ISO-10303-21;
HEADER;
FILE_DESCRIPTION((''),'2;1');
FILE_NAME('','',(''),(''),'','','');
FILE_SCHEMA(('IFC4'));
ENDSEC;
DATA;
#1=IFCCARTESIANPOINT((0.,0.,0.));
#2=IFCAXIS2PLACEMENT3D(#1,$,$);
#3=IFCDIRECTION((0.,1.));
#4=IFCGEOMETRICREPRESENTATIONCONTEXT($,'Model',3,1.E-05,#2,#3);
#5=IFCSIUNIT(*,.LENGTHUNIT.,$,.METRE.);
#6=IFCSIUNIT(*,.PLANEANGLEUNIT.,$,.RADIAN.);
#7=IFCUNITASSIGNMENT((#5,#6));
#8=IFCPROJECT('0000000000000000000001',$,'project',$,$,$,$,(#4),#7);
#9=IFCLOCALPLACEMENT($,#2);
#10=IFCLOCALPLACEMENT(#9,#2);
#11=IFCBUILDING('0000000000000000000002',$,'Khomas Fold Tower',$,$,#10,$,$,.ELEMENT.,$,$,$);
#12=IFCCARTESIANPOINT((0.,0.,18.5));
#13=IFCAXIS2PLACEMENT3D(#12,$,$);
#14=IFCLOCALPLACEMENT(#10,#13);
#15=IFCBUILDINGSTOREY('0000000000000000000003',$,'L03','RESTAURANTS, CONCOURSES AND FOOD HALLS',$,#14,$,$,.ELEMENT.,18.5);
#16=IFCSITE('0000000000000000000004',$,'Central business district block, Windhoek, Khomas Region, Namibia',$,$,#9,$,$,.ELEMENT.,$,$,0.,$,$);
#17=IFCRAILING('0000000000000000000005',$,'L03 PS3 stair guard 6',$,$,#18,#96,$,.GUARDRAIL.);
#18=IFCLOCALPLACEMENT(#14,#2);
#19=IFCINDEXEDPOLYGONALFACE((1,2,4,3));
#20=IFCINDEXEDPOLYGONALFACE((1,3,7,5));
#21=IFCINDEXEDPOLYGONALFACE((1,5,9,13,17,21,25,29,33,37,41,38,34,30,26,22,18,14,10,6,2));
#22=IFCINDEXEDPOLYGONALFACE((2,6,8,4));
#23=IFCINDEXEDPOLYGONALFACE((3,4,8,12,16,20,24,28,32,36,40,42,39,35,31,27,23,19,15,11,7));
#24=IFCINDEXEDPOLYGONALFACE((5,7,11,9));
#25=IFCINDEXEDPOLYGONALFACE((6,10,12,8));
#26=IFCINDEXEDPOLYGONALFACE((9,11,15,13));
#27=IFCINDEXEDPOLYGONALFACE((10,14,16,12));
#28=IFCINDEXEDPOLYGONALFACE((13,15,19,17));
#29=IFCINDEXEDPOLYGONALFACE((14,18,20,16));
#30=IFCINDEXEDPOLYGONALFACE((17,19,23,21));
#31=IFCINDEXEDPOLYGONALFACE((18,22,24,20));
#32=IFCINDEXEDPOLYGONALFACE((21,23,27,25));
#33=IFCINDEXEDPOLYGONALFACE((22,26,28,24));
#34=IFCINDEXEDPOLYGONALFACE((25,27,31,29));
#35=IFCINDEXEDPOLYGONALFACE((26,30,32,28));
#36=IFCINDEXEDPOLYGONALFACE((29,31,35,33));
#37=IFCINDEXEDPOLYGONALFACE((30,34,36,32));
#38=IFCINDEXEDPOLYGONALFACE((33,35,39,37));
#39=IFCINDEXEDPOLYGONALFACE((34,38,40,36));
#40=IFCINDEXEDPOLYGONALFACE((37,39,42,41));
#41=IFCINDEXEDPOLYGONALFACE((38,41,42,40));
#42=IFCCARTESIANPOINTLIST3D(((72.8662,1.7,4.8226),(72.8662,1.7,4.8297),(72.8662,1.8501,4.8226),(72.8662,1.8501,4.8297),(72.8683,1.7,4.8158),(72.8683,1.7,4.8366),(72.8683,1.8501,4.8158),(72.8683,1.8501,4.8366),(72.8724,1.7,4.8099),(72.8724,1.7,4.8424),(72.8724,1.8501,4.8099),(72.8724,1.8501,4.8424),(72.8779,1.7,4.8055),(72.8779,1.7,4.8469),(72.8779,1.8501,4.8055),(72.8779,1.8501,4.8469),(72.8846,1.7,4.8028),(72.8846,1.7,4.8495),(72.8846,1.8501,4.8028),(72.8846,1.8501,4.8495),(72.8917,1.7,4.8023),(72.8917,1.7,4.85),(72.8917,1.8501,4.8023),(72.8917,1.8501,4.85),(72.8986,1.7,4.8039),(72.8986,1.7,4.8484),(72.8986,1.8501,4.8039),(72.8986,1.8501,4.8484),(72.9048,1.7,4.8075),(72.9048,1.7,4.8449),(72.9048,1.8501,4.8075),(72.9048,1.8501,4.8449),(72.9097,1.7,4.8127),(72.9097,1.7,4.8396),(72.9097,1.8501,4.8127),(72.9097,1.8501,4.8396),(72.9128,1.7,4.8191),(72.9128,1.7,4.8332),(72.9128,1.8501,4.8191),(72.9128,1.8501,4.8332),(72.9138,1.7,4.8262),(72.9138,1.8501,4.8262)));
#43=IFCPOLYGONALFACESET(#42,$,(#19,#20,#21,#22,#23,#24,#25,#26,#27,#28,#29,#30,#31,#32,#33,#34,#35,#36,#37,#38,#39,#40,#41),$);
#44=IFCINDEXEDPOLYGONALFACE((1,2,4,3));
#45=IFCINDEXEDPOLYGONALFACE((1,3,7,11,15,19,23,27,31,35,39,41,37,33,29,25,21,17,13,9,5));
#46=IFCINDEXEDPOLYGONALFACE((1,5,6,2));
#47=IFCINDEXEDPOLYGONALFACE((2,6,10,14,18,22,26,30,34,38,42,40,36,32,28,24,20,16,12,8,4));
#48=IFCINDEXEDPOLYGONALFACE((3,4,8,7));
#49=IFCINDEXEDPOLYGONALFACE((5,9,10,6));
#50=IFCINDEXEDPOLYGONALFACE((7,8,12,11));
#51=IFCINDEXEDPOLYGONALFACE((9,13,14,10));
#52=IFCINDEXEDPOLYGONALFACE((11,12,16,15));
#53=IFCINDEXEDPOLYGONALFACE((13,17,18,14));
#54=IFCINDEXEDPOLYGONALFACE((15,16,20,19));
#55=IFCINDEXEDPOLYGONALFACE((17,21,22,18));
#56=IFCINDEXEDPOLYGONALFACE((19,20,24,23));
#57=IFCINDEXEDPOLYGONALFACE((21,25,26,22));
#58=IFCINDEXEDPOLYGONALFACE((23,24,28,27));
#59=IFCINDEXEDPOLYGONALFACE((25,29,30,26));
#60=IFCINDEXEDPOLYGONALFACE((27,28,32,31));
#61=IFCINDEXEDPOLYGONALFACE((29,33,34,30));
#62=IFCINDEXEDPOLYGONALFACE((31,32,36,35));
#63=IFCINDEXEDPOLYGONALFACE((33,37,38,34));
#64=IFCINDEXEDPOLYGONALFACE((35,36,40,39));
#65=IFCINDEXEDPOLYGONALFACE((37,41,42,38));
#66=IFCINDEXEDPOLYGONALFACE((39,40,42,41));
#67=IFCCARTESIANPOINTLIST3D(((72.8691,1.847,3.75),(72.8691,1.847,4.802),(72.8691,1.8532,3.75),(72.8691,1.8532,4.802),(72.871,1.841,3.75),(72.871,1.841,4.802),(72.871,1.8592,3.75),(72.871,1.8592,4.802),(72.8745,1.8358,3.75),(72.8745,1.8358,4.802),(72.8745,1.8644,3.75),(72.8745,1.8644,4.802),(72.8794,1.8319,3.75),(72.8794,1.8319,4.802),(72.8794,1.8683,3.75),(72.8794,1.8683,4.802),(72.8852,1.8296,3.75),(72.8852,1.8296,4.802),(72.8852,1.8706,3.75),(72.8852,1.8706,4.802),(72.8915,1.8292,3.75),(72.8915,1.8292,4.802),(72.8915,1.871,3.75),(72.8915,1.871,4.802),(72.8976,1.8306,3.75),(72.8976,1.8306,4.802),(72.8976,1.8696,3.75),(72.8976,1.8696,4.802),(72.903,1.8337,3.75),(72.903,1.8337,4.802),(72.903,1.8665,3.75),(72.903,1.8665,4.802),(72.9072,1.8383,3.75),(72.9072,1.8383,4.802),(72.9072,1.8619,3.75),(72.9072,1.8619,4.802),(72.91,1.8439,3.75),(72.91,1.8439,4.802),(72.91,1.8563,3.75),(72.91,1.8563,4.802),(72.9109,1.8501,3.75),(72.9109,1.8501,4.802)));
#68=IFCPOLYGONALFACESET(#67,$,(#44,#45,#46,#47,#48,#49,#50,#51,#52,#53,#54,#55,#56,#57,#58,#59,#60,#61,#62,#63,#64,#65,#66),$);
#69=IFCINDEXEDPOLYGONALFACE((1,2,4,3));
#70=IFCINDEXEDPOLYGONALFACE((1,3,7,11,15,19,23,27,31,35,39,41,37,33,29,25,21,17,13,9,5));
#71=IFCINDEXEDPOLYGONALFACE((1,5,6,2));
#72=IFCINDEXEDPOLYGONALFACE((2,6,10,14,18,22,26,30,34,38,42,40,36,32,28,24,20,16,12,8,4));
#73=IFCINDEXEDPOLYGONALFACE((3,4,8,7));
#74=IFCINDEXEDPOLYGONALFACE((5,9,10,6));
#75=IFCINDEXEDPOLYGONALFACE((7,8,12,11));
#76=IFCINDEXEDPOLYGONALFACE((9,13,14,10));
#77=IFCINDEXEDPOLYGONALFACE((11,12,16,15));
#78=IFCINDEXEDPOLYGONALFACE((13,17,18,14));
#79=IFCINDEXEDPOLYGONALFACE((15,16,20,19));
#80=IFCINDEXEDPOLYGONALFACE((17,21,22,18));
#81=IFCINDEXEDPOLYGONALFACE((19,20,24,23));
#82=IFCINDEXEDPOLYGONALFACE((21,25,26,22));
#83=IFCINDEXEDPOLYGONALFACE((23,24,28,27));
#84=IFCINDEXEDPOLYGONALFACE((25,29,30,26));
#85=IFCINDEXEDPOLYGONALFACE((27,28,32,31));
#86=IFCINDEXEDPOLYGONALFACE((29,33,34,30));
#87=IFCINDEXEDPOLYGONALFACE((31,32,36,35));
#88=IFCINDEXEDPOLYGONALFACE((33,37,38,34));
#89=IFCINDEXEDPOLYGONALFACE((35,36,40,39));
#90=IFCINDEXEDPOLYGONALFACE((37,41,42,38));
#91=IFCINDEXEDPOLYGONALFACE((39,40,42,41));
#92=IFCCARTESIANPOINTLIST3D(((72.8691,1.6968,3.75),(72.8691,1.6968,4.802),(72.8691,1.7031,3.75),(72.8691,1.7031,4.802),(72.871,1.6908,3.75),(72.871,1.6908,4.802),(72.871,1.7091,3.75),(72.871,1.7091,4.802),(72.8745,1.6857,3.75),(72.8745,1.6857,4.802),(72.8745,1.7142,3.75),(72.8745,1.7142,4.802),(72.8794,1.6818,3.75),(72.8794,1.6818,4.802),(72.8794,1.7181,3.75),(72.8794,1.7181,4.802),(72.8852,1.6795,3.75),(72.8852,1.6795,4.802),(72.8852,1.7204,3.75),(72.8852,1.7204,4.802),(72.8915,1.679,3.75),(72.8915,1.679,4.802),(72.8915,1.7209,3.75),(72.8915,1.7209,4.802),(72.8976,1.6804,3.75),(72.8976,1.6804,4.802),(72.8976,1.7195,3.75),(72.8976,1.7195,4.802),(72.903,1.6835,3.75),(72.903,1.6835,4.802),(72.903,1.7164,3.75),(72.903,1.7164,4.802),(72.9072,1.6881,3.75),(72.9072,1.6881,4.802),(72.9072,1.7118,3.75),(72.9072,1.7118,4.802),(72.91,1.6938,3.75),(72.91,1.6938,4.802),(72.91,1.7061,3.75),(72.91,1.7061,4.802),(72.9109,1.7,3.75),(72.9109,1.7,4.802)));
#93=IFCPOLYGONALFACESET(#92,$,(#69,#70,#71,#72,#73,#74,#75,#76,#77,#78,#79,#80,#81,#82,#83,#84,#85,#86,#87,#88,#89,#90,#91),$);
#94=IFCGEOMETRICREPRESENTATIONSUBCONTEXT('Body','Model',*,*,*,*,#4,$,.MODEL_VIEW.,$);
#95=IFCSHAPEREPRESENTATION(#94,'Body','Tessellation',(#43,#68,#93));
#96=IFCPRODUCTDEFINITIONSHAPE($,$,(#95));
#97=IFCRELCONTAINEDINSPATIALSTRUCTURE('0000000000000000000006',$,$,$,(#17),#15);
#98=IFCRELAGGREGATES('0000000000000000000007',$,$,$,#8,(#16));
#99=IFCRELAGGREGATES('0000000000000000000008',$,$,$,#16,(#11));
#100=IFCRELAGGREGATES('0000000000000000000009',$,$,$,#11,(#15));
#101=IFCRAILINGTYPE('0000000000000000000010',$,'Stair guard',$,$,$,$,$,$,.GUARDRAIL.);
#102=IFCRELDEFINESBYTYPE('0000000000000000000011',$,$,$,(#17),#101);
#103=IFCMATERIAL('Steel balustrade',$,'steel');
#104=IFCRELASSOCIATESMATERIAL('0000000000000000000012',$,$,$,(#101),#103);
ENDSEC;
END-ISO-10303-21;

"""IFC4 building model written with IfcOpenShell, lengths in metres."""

from ifc_helpers import new_model, si_unit, direction, frame, origin, origin_2d, place, context, subcontext, project, spatial, circle, extrude, source, transform, mapped, material, type_object, element, save


model = new_model("IFC4")

# Units and contexts
model_context = context("Model", 3, precision=1e-05, world=origin(), true_north=direction((0.0, 1.0)))
body_context = subcontext(model_context, "Body", "Model", "MODEL_VIEW")
ifc_project = project(units=[si_unit("LENGTHUNIT", "METRE"), si_unit("PLANEANGLEUNIT", "RADIAN")], contexts=[model_context])

# Site, building, storey
site_placement = place(None, origin())
site = spatial("IfcSite", under=ifc_project, at=site_placement, Name="Central business district block, Windhoek, Khomas Region, Namibia", CompositionType="ELEMENT", RefElevation=0.0)
building_placement = place(site_placement, origin())
building = spatial("IfcBuilding", under=site, at=building_placement, Name="Khomas Fold Tower", CompositionType="ELEMENT")
storey_placement = place(building_placement, frame((0.0, 0.0, 18.5)))
storey = spatial("IfcBuildingStorey", under=building, at=storey_placement, Name="L03", Description="RESTAURANTS, CONCOURSES AND FOOD HALLS", CompositionType="ELEMENT", Elevation=18.5)

# Railing
ifc_material_1 = material(Name="Steel balustrade", Category="steel")
railing_type_1 = type_object("IfcRailingType", Name="Stair guard", PredefinedType="GUARDRAIL", material=ifc_material_1)
shared_shape_1 = source(origin(), body_context, "Body", "SweptSolid", [
    extrude(circle(Radius=0.0239, at=origin_2d()), frame((0.0, 0.0, 1.0762), z_axis=(0.0, -1.0, 0.0), x_axis=(1.0, 0.0, 0.0)), (0.0, 0.0, 1.0), 0.1501),
    extrude(circle(Radius=0.021, at=origin_2d()), origin(), (0.0, 0.0, 1.0), 1.052),
    extrude(circle(Radius=0.021, at=origin_2d()), frame((0.0, -0.1501, 0.0)), (0.0, 0.0, 1.0), 1.052),
])
for number, where, name in (
    (1, (72.8899, 1.8501, 3.75), "L03 PS3 stair guard 6"),
):
    element("IfcRailing", number, at=place(storey_placement, frame(where)), inside=storey, type_object=railing_type_1, Name=name, PredefinedType="GUARDRAIL", context=body_context, shape_type="MappedRepresentation", body=[
        mapped(shared_shape_1, transform((0.0, 0.0, 0.0))),
    ])

save(model, "model.ifc")
